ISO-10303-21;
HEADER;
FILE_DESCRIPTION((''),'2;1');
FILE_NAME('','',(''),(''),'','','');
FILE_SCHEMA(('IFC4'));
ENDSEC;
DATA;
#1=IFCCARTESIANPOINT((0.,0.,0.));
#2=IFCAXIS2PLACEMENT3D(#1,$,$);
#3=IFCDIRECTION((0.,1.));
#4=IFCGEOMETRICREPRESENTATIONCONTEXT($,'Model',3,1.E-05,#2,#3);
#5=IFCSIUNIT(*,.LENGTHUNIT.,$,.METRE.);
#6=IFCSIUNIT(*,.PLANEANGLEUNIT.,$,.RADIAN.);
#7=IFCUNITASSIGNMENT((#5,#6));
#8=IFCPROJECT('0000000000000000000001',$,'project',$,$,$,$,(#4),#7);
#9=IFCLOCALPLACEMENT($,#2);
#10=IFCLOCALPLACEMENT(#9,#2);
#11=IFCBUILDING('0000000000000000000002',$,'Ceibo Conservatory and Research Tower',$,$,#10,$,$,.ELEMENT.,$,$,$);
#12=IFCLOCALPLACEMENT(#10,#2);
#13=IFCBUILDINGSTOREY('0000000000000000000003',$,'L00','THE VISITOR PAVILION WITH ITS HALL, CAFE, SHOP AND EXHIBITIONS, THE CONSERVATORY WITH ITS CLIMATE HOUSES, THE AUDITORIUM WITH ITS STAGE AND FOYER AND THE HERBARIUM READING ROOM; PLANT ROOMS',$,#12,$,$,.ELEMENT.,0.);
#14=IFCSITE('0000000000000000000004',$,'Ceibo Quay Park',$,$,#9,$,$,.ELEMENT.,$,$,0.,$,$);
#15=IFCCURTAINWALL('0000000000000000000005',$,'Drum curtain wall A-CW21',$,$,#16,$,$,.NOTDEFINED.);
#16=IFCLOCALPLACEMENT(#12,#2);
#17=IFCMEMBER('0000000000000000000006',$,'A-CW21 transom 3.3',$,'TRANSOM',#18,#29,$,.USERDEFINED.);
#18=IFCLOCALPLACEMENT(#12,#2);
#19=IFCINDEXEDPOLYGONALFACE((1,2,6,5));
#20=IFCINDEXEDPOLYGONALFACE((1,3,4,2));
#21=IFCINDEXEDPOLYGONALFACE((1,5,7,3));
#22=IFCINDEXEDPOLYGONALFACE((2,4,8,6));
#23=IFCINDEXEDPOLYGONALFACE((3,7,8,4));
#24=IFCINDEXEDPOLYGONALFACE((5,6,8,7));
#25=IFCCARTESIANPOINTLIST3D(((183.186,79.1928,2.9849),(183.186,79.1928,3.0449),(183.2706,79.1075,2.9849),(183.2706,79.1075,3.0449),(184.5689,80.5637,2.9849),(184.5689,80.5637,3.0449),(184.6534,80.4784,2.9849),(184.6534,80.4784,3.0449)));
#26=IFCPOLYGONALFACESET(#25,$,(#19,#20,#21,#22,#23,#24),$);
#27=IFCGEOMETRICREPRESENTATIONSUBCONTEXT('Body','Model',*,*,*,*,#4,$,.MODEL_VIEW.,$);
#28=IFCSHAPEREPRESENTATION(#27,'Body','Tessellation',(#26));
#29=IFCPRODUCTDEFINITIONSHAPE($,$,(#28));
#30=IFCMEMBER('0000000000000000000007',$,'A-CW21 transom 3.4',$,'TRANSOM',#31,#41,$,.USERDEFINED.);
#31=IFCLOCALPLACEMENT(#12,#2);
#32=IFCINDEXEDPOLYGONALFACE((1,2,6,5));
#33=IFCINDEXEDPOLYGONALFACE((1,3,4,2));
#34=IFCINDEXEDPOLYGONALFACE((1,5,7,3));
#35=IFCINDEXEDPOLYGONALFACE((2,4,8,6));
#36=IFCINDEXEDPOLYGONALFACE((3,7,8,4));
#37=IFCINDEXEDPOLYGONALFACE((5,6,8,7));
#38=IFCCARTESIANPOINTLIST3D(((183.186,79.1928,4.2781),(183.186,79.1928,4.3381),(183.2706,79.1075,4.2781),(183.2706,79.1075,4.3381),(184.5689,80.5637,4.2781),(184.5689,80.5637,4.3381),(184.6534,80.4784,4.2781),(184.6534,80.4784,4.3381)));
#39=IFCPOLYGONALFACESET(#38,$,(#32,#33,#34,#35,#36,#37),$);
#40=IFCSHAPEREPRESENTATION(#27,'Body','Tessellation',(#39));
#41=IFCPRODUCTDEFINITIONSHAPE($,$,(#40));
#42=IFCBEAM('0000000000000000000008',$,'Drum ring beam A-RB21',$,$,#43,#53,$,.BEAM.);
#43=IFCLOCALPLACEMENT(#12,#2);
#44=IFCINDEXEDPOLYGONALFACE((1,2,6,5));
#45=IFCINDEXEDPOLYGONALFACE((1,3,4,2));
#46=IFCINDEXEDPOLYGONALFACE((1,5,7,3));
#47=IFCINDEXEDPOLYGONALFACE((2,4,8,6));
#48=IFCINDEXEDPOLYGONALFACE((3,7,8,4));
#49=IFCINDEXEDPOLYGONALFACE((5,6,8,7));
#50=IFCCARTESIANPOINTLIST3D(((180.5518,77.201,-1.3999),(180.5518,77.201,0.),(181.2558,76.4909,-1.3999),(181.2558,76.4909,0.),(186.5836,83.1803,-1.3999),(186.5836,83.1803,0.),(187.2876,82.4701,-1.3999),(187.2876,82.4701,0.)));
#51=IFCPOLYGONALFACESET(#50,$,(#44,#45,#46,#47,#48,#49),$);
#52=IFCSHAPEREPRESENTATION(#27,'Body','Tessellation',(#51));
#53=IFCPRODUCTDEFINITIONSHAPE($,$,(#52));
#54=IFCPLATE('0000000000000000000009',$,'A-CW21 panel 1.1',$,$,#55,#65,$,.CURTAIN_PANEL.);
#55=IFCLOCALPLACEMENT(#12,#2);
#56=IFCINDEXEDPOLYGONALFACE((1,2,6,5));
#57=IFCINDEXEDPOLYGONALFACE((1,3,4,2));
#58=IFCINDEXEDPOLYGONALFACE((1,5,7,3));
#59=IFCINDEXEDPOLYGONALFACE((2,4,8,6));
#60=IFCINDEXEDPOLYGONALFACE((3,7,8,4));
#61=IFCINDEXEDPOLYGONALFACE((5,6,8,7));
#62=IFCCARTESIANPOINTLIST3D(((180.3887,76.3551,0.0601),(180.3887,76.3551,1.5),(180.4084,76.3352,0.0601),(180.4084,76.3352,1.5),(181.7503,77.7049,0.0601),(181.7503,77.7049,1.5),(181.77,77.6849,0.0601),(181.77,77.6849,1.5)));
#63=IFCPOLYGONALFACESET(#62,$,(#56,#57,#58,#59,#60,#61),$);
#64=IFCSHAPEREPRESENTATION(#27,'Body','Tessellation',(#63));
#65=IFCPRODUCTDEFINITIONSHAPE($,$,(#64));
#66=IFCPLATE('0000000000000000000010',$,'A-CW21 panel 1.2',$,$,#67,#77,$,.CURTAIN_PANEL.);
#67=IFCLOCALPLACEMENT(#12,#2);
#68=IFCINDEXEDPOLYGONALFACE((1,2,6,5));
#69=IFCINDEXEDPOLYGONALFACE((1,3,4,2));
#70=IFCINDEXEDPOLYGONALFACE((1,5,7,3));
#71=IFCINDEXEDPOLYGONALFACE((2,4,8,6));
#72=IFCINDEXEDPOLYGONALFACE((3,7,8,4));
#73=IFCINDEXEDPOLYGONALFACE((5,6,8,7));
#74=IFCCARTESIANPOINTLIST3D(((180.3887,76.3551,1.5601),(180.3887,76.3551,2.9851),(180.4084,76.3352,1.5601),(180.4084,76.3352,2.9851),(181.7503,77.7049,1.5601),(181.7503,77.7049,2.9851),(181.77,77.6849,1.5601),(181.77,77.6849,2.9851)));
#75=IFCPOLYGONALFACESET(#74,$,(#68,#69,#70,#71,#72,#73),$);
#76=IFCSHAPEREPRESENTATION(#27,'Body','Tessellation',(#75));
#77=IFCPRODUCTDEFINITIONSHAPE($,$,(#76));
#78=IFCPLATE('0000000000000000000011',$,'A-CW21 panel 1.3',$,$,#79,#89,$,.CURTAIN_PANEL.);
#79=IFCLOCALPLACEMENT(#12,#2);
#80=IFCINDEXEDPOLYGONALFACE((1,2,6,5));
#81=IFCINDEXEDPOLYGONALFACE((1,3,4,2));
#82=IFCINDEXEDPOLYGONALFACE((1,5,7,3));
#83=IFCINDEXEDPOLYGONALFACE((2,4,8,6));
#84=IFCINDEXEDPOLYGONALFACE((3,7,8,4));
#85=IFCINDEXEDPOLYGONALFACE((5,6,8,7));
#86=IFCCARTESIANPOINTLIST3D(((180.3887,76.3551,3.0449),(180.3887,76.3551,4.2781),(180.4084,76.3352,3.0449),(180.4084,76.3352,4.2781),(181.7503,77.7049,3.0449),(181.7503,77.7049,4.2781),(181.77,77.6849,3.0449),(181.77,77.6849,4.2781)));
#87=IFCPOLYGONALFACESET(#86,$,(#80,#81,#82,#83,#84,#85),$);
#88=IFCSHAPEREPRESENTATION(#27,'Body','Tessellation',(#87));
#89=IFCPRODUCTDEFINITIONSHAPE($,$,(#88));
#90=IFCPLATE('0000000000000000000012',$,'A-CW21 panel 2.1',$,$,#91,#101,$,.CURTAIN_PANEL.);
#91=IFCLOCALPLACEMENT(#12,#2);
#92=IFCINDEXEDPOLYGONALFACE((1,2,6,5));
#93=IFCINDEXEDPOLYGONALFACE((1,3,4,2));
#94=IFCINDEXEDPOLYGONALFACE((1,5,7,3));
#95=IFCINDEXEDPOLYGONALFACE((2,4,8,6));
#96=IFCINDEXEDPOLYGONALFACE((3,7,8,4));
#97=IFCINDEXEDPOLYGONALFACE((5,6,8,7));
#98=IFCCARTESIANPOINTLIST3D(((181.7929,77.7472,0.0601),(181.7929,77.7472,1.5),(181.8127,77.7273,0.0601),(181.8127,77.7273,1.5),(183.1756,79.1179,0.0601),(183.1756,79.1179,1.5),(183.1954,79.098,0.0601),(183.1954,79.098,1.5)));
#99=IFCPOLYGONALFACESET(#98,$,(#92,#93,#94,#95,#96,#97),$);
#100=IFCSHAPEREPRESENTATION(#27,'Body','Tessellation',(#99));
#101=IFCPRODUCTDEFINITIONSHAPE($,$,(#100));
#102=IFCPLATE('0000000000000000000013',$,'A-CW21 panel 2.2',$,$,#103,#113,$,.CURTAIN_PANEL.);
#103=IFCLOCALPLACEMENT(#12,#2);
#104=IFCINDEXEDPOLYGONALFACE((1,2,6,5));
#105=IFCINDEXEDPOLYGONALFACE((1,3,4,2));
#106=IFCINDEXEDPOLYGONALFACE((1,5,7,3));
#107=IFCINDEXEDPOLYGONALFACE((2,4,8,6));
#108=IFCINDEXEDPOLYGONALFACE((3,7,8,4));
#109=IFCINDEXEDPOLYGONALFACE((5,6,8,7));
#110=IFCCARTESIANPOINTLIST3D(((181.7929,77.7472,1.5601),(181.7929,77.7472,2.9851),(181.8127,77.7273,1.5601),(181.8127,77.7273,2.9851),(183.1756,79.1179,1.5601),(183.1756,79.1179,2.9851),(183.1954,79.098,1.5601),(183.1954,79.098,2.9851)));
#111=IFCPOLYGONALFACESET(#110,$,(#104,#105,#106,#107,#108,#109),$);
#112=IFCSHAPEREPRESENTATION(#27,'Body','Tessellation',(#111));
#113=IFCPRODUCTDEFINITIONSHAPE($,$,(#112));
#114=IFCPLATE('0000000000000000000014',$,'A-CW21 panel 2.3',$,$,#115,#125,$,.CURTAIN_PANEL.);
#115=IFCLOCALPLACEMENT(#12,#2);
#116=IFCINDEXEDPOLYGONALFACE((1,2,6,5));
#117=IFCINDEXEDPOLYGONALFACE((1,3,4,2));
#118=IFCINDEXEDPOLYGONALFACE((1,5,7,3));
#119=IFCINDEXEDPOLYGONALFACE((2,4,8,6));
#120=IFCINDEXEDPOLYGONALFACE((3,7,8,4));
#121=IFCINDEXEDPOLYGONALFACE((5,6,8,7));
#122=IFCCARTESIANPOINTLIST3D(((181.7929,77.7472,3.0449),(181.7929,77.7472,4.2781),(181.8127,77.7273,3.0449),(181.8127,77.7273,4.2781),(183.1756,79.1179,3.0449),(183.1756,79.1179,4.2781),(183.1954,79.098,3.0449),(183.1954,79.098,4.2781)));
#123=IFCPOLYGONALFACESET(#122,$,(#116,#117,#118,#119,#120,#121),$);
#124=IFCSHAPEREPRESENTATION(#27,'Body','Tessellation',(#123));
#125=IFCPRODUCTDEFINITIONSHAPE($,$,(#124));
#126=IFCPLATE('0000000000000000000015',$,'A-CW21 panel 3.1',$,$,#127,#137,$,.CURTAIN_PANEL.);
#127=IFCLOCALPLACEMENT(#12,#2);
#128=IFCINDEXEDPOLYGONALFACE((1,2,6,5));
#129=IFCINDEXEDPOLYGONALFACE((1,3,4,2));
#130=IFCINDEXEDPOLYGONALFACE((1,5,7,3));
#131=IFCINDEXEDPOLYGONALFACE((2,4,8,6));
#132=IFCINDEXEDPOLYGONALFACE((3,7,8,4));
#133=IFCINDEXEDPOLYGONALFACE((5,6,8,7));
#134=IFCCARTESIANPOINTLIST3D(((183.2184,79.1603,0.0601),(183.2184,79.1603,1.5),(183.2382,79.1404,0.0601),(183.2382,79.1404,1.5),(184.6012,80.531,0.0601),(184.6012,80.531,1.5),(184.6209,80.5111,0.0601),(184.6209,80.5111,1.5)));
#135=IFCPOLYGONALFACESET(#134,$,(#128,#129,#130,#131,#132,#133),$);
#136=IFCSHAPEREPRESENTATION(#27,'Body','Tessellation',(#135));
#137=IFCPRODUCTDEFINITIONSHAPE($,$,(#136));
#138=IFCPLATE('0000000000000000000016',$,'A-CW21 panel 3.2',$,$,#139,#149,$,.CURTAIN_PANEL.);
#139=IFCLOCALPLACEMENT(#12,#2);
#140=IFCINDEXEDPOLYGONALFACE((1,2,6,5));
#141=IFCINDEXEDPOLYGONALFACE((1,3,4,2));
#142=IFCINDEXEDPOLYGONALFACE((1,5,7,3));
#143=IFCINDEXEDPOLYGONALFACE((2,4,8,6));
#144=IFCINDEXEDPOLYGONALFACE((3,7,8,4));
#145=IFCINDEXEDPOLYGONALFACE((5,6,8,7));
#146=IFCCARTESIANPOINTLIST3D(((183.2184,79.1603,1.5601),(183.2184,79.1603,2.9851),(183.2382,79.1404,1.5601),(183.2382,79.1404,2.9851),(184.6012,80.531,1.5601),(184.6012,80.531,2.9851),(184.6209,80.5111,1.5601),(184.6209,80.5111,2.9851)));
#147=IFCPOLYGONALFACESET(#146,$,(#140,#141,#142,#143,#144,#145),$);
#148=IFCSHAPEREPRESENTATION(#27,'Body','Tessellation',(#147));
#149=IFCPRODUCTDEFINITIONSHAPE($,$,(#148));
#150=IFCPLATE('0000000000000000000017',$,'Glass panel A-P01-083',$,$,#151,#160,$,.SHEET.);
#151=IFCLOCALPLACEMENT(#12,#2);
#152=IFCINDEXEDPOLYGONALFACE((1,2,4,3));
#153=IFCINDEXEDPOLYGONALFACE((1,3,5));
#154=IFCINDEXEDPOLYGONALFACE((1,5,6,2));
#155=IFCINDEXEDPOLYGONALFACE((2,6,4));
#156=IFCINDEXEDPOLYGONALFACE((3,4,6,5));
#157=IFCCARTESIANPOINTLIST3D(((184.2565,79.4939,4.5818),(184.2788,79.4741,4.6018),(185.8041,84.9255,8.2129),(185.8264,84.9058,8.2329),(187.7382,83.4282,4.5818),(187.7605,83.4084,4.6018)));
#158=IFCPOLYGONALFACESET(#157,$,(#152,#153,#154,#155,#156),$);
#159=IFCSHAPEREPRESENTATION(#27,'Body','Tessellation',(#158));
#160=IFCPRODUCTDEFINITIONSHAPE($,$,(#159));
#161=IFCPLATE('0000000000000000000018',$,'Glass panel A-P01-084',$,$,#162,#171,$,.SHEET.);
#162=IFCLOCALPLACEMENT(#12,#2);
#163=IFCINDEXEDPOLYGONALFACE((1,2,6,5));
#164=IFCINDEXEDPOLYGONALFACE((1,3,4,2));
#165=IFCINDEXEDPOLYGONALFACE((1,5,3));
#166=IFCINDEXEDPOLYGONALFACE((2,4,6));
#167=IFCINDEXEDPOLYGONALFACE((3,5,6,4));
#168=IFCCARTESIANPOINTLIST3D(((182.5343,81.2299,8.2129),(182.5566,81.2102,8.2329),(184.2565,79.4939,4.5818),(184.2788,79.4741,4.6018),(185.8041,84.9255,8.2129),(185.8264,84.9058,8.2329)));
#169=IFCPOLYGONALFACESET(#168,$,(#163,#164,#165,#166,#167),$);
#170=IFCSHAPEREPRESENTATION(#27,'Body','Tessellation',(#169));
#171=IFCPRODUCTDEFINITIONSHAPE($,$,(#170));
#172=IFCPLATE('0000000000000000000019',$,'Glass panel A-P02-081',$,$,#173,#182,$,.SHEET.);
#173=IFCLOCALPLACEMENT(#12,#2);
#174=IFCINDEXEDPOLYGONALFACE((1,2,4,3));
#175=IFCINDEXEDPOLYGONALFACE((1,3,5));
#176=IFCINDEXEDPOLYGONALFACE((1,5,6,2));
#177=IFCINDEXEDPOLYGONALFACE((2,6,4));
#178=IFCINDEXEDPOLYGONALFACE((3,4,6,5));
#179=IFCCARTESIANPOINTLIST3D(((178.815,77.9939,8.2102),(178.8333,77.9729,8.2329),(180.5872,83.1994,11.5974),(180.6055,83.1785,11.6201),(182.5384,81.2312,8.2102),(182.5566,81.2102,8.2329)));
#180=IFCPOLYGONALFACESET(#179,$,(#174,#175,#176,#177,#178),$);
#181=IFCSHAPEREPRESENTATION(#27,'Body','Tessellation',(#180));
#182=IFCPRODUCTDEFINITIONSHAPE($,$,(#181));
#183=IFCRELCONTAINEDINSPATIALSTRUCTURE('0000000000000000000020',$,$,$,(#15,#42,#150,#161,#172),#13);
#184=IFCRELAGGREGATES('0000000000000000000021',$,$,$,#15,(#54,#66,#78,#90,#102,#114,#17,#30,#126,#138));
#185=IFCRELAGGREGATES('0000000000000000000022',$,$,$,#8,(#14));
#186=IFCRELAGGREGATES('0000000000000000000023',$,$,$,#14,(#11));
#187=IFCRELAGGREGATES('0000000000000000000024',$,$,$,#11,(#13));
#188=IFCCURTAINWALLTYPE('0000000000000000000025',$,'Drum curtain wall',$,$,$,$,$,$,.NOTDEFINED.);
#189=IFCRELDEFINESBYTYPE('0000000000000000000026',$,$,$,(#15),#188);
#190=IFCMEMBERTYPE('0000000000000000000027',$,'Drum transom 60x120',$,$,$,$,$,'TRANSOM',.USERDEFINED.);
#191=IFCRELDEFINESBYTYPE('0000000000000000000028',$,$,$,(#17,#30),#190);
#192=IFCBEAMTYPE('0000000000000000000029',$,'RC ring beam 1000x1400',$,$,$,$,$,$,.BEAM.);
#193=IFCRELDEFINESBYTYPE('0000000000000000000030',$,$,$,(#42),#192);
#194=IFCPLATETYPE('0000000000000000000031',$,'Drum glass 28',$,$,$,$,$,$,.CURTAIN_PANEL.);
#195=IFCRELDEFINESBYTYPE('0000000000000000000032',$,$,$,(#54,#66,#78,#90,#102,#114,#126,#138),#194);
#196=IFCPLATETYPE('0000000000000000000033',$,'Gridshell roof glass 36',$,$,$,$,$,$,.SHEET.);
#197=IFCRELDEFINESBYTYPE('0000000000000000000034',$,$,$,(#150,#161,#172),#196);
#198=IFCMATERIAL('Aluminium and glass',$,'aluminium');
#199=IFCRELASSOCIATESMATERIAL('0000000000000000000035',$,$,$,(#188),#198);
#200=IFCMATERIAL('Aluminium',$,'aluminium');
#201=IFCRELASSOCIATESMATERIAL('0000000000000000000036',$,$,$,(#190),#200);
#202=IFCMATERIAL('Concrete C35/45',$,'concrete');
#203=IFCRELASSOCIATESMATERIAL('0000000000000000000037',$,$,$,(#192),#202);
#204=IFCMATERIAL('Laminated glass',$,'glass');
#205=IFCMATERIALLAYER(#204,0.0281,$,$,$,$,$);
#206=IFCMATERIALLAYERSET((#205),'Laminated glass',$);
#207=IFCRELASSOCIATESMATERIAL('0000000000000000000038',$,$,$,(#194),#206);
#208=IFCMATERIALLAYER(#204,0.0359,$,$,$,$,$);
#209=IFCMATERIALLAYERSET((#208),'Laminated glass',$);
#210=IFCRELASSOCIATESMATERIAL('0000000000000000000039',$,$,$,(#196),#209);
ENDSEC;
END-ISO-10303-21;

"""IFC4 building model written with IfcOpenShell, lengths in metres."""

from ifc_helpers import new_model, si_unit, direction, frame, origin, origin_2d, place, context, subcontext, project, spatial, polyline, rectangle, outline, extrude, material, layer, layer_set, material_profile, profile_set, type_object, element, aggregate, save


model = new_model("IFC4")

# Units and contexts
model_context = context("Model", 3, precision=1e-05, world=origin(), true_north=direction((0.0, 1.0)))
body_context = subcontext(model_context, "Body", "Model", "MODEL_VIEW")
ifc_project = project(units=[si_unit("LENGTHUNIT", "METRE"), si_unit("PLANEANGLEUNIT", "RADIAN")], contexts=[model_context])

# Site, building, storey
site_placement = place(None, origin())
site = spatial("IfcSite", under=ifc_project, at=site_placement, Name="Ceibo Quay Park", CompositionType="ELEMENT", RefElevation=0.0)
building_placement = place(site_placement, origin())
building = spatial("IfcBuilding", under=site, at=building_placement, Name="Ceibo Conservatory and Research Tower", CompositionType="ELEMENT")
storey_placement = place(building_placement, origin())
storey = spatial("IfcBuildingStorey", under=building, at=storey_placement, Name="L00", Description="THE VISITOR PAVILION WITH ITS HALL, CAFE, SHOP AND EXHIBITIONS, THE CONSERVATORY WITH ITS CLIMATE HOUSES, THE AUDITORIUM WITH ITS STAGE AND FOYER AND THE HERBARIUM READING ROOM; PLANT ROOMS", CompositionType="ELEMENT", Elevation=0.0)

# Shared definitions
ifc_material_1 = material(Name="Concrete C35/45", Category="concrete")

# Curtain wall, members
ifc_material_2 = material(Name="Aluminium and glass", Category="aluminium")
curtain_wall_type = type_object("IfcCurtainWallType", Name="Drum curtain wall", PredefinedType="NOTDEFINED", material=ifc_material_2)
curtain_wall_placement = place(storey_placement, origin())
curtain_wall = element("IfcCurtainWall", 1, at=curtain_wall_placement, inside=storey, type_object=curtain_wall_type, Name="Drum curtain wall A-CW21", PredefinedType="NOTDEFINED")
ifc_material_3 = material(Name="Aluminium", Category="aluminium")
ifc_material_profile_1 = material_profile(ifc_material_3, rectangle(XDim=0.1201, YDim=0.0601, at=origin_2d()), Name="AL 60x120")
ifc_profile_set_1 = profile_set([ifc_material_profile_1], Name="Aluminium")
member_type_1 = type_object("IfcMemberType", Name="Drum transom 60x120", ElementType="TRANSOM", PredefinedType="USERDEFINED", material=ifc_profile_set_1)
member_1_placement = place(storey_placement, frame((183.2283, 79.1501, 3.0149), z_axis=(0.710172, 0.704028, 0.0), x_axis=(-0.704028, 0.710172, 0.0)))
member_1 = element("IfcMember", 2, at=member_1_placement, type_object=member_type_1, Name="A-CW21 transom 3.3", ObjectType="TRANSOM", PredefinedType="USERDEFINED", context=body_context, shape_type="SweptSolid", body=[
    extrude(rectangle(XDim=0.1201, YDim=0.0601, at=origin_2d()), origin(), (0.0, 0.0, 1.0), 1.9473),
])
member_2_placement = place(storey_placement, frame((183.2283, 79.1501, 4.3081), z_axis=(0.710172, 0.704028, 0.0), x_axis=(-0.704028, 0.710172, 0.0)))
member_2 = element("IfcMember", 3, at=member_2_placement, type_object=member_type_1, Name="A-CW21 transom 3.4", ObjectType="TRANSOM", PredefinedType="USERDEFINED", context=body_context, shape_type="SweptSolid", body=[
    extrude(rectangle(XDim=0.1201, YDim=0.0601, at=origin_2d()), origin(), (0.0, 0.0, 1.0), 1.9473),
])

# Beam
ifc_material_profile_2 = material_profile(ifc_material_1, rectangle(XDim=1.0, YDim=1.3999, at=origin_2d()), Name="RC 1000x1400")
ifc_profile_set_2 = profile_set([ifc_material_profile_2], Name="Concrete C35/45")
beam_type = type_object("IfcBeamType", Name="RC ring beam 1000x1400", PredefinedType="BEAM", material=ifc_profile_set_2)
beam_placement = place(storey_placement, frame((180.9038, 76.8459, -0.7), z_axis=(0.71019, 0.70401, 0.0), x_axis=(-0.70401, 0.71019, 0.0)))
element("IfcBeam", 4, at=beam_placement, inside=storey, type_object=beam_type, Name="Drum ring beam A-RB21", PredefinedType="BEAM", context=body_context, shape_type="SweptSolid", body=[
    extrude(rectangle(XDim=1.0, YDim=1.3999, at=origin_2d()), origin(), (0.0, 0.0, 1.0), 8.4932),
])

# Plates
ifc_material_4 = material(Name="Laminated glass", Category="glass")
ifc_layer_1 = layer(ifc_material_4, 0.0281)
ifc_layer_set_1 = layer_set([ifc_layer_1], Name="Laminated glass")
plate_type_1 = type_object("IfcPlateType", Name="Drum glass 28", PredefinedType="CURTAIN_PANEL", material=ifc_layer_set_1)
plate_1_placement = place(storey_placement, frame((181.0793, 77.02, 0.0601), z_axis=(0.0, 0.0, 1.0), x_axis=(0.710185, 0.704015, 0.0)))
plate_1 = element("IfcPlate", 5, at=plate_1_placement, type_object=plate_type_1, Name="A-CW21 panel 1.1", PredefinedType="CURTAIN_PANEL", context=body_context, shape_type="SweptSolid", body=[
    extrude(rectangle(XDim=1.9172, YDim=0.0281, at=origin_2d()), origin(), (0.0, 0.0, 1.0), 1.4399),
])
plate_2_placement = place(storey_placement, frame((181.0793, 77.02, 1.5601), z_axis=(0.0, 0.0, 1.0), x_axis=(0.710185, 0.704015, 0.0)))
plate_2 = element("IfcPlate", 6, at=plate_2_placement, type_object=plate_type_1, Name="A-CW21 panel 1.2", PredefinedType="CURTAIN_PANEL", context=body_context, shape_type="SweptSolid", body=[
    extrude(rectangle(XDim=1.9172, YDim=0.0281, at=origin_2d()), origin(), (0.0, 0.0, 1.0), 1.425),
])
plate_3_placement = place(storey_placement, frame((181.0793, 77.02, 3.0449), z_axis=(0.0, 0.0, 1.0), x_axis=(0.710185, 0.704015, 0.0)))
plate_3 = element("IfcPlate", 7, at=plate_3_placement, type_object=plate_type_1, Name="A-CW21 panel 1.3", PredefinedType="CURTAIN_PANEL", context=body_context, shape_type="SweptSolid", body=[
    extrude(rectangle(XDim=1.9172, YDim=0.0281, at=origin_2d()), origin(), (0.0, 0.0, 1.0), 1.2332),
])
plate_4_placement = place(storey_placement, frame((182.4941, 78.4226, 0.0601), z_axis=(0.0, 0.0, 1.0), x_axis=(0.710185, 0.704015, 0.0)))
plate_4 = element("IfcPlate", 8, at=plate_4_placement, type_object=plate_type_1, Name="A-CW21 panel 2.1", PredefinedType="CURTAIN_PANEL", context=body_context, shape_type="SweptSolid", body=[
    extrude(rectangle(XDim=1.947, YDim=0.0281, at=origin_2d()), origin(), (0.0, 0.0, 1.0), 1.4399),
])
plate_5_placement = place(storey_placement, frame((182.4941, 78.4226, 1.5601), z_axis=(0.0, 0.0, 1.0), x_axis=(0.710185, 0.704015, 0.0)))
plate_5 = element("IfcPlate", 9, at=plate_5_placement, type_object=plate_type_1, Name="A-CW21 panel 2.2", PredefinedType="CURTAIN_PANEL", context=body_context, shape_type="SweptSolid", body=[
    extrude(rectangle(XDim=1.947, YDim=0.0281, at=origin_2d()), origin(), (0.0, 0.0, 1.0), 1.425),
])
plate_6_placement = place(storey_placement, frame((182.4941, 78.4226, 3.0449), z_axis=(0.0, 0.0, 1.0), x_axis=(0.710185, 0.704015, 0.0)))
plate_6 = element("IfcPlate", 10, at=plate_6_placement, type_object=plate_type_1, Name="A-CW21 panel 2.3", PredefinedType="CURTAIN_PANEL", context=body_context, shape_type="SweptSolid", body=[
    extrude(rectangle(XDim=1.947, YDim=0.0281, at=origin_2d()), origin(), (0.0, 0.0, 1.0), 1.2332),
])
plate_7_placement = place(storey_placement, frame((183.9197, 79.8357, 0.0601), z_axis=(0.0, 0.0, 1.0), x_axis=(0.710185, 0.704015, 0.0)))
plate_7 = element("IfcPlate", 11, at=plate_7_placement, type_object=plate_type_1, Name="A-CW21 panel 3.1", PredefinedType="CURTAIN_PANEL", context=body_context, shape_type="SweptSolid", body=[
    extrude(rectangle(XDim=1.947, YDim=0.0281, at=origin_2d()), origin(), (0.0, 0.0, 1.0), 1.4399),
])
plate_8_placement = place(storey_placement, frame((183.9197, 79.8357, 1.5601), z_axis=(0.0, 0.0, 1.0), x_axis=(0.710185, 0.704015, 0.0)))
plate_8 = element("IfcPlate", 12, at=plate_8_placement, type_object=plate_type_1, Name="A-CW21 panel 3.2", PredefinedType="CURTAIN_PANEL", context=body_context, shape_type="SweptSolid", body=[
    extrude(rectangle(XDim=1.947, YDim=0.0281, at=origin_2d()), origin(), (0.0, 0.0, 1.0), 1.425),
])
aggregate(curtain_wall, [plate_1, plate_2, plate_3, plate_4, plate_5, plate_6, member_1, member_2, plate_7, plate_8])

# Plates
ifc_layer_2 = layer(ifc_material_4, 0.0359)
ifc_layer_set_2 = layer_set([ifc_layer_2], Name="Laminated glass")
plate_type_2 = type_object("IfcPlateType", Name="Gridshell roof glass 36", PredefinedType="SHEET", material=ifc_layer_set_2)
plate_9_placement = place(storey_placement, frame((184.2788, 79.4741, 4.6018), z_axis=(0.621519, -0.550015, 0.557851), x_axis=(0.662715, 0.748871, 0.0)))
element("IfcPlate", 13, at=plate_9_placement, inside=storey, type_object=plate_type_2, Name="Glass panel A-P01-083", PredefinedType="SHEET", context=body_context, shape_type="SweptSolid", body=[
    extrude(outline(polyline([(0.0, 0.0), (5.2537, 0.0), (5.0932, 4.3751), (0.0, 0.0)])), origin(), (0.0, 0.0, -1.0), 0.0359),
])
plate_10_placement = place(storey_placement, frame((184.2788, 79.4741, 4.6018), z_axis=(0.621608, -0.54999, 0.557776), x_axis=(0.230492, 0.808958, 0.540796)))
element("IfcPlate", 14, at=plate_10_placement, inside=storey, type_object=plate_type_2, Name="Glass panel A-P01-084", PredefinedType="SHEET", context=body_context, shape_type="SweptSolid", body=[
    extrude(outline(polyline([(0.0, 0.0), (6.7144, 0.0), (2.9712, 3.2151), (0.0, 0.0)])), origin(), (0.0, 0.0, -1.0), 0.0359),
])
plate_11_placement = place(storey_placement, frame((178.8333, 77.9729, 8.2329), z_axis=(0.508241, -0.584554, 0.632445), x_axis=(0.754648, 0.65613, 0.0)))
element("IfcPlate", 15, at=plate_11_placement, inside=storey, type_object=plate_type_2, Name="Glass panel A-P02-081", PredefinedType="SHEET", context=body_context, shape_type="SweptSolid", body=[
    extrude(outline(polyline([(0.0, 0.0), (4.9339, 0.0), (4.7529, 4.3728), (0.0, 0.0)])), origin(), (0.0, 0.0, -1.0), 0.0359),
])

save(model, "model.ifc")
